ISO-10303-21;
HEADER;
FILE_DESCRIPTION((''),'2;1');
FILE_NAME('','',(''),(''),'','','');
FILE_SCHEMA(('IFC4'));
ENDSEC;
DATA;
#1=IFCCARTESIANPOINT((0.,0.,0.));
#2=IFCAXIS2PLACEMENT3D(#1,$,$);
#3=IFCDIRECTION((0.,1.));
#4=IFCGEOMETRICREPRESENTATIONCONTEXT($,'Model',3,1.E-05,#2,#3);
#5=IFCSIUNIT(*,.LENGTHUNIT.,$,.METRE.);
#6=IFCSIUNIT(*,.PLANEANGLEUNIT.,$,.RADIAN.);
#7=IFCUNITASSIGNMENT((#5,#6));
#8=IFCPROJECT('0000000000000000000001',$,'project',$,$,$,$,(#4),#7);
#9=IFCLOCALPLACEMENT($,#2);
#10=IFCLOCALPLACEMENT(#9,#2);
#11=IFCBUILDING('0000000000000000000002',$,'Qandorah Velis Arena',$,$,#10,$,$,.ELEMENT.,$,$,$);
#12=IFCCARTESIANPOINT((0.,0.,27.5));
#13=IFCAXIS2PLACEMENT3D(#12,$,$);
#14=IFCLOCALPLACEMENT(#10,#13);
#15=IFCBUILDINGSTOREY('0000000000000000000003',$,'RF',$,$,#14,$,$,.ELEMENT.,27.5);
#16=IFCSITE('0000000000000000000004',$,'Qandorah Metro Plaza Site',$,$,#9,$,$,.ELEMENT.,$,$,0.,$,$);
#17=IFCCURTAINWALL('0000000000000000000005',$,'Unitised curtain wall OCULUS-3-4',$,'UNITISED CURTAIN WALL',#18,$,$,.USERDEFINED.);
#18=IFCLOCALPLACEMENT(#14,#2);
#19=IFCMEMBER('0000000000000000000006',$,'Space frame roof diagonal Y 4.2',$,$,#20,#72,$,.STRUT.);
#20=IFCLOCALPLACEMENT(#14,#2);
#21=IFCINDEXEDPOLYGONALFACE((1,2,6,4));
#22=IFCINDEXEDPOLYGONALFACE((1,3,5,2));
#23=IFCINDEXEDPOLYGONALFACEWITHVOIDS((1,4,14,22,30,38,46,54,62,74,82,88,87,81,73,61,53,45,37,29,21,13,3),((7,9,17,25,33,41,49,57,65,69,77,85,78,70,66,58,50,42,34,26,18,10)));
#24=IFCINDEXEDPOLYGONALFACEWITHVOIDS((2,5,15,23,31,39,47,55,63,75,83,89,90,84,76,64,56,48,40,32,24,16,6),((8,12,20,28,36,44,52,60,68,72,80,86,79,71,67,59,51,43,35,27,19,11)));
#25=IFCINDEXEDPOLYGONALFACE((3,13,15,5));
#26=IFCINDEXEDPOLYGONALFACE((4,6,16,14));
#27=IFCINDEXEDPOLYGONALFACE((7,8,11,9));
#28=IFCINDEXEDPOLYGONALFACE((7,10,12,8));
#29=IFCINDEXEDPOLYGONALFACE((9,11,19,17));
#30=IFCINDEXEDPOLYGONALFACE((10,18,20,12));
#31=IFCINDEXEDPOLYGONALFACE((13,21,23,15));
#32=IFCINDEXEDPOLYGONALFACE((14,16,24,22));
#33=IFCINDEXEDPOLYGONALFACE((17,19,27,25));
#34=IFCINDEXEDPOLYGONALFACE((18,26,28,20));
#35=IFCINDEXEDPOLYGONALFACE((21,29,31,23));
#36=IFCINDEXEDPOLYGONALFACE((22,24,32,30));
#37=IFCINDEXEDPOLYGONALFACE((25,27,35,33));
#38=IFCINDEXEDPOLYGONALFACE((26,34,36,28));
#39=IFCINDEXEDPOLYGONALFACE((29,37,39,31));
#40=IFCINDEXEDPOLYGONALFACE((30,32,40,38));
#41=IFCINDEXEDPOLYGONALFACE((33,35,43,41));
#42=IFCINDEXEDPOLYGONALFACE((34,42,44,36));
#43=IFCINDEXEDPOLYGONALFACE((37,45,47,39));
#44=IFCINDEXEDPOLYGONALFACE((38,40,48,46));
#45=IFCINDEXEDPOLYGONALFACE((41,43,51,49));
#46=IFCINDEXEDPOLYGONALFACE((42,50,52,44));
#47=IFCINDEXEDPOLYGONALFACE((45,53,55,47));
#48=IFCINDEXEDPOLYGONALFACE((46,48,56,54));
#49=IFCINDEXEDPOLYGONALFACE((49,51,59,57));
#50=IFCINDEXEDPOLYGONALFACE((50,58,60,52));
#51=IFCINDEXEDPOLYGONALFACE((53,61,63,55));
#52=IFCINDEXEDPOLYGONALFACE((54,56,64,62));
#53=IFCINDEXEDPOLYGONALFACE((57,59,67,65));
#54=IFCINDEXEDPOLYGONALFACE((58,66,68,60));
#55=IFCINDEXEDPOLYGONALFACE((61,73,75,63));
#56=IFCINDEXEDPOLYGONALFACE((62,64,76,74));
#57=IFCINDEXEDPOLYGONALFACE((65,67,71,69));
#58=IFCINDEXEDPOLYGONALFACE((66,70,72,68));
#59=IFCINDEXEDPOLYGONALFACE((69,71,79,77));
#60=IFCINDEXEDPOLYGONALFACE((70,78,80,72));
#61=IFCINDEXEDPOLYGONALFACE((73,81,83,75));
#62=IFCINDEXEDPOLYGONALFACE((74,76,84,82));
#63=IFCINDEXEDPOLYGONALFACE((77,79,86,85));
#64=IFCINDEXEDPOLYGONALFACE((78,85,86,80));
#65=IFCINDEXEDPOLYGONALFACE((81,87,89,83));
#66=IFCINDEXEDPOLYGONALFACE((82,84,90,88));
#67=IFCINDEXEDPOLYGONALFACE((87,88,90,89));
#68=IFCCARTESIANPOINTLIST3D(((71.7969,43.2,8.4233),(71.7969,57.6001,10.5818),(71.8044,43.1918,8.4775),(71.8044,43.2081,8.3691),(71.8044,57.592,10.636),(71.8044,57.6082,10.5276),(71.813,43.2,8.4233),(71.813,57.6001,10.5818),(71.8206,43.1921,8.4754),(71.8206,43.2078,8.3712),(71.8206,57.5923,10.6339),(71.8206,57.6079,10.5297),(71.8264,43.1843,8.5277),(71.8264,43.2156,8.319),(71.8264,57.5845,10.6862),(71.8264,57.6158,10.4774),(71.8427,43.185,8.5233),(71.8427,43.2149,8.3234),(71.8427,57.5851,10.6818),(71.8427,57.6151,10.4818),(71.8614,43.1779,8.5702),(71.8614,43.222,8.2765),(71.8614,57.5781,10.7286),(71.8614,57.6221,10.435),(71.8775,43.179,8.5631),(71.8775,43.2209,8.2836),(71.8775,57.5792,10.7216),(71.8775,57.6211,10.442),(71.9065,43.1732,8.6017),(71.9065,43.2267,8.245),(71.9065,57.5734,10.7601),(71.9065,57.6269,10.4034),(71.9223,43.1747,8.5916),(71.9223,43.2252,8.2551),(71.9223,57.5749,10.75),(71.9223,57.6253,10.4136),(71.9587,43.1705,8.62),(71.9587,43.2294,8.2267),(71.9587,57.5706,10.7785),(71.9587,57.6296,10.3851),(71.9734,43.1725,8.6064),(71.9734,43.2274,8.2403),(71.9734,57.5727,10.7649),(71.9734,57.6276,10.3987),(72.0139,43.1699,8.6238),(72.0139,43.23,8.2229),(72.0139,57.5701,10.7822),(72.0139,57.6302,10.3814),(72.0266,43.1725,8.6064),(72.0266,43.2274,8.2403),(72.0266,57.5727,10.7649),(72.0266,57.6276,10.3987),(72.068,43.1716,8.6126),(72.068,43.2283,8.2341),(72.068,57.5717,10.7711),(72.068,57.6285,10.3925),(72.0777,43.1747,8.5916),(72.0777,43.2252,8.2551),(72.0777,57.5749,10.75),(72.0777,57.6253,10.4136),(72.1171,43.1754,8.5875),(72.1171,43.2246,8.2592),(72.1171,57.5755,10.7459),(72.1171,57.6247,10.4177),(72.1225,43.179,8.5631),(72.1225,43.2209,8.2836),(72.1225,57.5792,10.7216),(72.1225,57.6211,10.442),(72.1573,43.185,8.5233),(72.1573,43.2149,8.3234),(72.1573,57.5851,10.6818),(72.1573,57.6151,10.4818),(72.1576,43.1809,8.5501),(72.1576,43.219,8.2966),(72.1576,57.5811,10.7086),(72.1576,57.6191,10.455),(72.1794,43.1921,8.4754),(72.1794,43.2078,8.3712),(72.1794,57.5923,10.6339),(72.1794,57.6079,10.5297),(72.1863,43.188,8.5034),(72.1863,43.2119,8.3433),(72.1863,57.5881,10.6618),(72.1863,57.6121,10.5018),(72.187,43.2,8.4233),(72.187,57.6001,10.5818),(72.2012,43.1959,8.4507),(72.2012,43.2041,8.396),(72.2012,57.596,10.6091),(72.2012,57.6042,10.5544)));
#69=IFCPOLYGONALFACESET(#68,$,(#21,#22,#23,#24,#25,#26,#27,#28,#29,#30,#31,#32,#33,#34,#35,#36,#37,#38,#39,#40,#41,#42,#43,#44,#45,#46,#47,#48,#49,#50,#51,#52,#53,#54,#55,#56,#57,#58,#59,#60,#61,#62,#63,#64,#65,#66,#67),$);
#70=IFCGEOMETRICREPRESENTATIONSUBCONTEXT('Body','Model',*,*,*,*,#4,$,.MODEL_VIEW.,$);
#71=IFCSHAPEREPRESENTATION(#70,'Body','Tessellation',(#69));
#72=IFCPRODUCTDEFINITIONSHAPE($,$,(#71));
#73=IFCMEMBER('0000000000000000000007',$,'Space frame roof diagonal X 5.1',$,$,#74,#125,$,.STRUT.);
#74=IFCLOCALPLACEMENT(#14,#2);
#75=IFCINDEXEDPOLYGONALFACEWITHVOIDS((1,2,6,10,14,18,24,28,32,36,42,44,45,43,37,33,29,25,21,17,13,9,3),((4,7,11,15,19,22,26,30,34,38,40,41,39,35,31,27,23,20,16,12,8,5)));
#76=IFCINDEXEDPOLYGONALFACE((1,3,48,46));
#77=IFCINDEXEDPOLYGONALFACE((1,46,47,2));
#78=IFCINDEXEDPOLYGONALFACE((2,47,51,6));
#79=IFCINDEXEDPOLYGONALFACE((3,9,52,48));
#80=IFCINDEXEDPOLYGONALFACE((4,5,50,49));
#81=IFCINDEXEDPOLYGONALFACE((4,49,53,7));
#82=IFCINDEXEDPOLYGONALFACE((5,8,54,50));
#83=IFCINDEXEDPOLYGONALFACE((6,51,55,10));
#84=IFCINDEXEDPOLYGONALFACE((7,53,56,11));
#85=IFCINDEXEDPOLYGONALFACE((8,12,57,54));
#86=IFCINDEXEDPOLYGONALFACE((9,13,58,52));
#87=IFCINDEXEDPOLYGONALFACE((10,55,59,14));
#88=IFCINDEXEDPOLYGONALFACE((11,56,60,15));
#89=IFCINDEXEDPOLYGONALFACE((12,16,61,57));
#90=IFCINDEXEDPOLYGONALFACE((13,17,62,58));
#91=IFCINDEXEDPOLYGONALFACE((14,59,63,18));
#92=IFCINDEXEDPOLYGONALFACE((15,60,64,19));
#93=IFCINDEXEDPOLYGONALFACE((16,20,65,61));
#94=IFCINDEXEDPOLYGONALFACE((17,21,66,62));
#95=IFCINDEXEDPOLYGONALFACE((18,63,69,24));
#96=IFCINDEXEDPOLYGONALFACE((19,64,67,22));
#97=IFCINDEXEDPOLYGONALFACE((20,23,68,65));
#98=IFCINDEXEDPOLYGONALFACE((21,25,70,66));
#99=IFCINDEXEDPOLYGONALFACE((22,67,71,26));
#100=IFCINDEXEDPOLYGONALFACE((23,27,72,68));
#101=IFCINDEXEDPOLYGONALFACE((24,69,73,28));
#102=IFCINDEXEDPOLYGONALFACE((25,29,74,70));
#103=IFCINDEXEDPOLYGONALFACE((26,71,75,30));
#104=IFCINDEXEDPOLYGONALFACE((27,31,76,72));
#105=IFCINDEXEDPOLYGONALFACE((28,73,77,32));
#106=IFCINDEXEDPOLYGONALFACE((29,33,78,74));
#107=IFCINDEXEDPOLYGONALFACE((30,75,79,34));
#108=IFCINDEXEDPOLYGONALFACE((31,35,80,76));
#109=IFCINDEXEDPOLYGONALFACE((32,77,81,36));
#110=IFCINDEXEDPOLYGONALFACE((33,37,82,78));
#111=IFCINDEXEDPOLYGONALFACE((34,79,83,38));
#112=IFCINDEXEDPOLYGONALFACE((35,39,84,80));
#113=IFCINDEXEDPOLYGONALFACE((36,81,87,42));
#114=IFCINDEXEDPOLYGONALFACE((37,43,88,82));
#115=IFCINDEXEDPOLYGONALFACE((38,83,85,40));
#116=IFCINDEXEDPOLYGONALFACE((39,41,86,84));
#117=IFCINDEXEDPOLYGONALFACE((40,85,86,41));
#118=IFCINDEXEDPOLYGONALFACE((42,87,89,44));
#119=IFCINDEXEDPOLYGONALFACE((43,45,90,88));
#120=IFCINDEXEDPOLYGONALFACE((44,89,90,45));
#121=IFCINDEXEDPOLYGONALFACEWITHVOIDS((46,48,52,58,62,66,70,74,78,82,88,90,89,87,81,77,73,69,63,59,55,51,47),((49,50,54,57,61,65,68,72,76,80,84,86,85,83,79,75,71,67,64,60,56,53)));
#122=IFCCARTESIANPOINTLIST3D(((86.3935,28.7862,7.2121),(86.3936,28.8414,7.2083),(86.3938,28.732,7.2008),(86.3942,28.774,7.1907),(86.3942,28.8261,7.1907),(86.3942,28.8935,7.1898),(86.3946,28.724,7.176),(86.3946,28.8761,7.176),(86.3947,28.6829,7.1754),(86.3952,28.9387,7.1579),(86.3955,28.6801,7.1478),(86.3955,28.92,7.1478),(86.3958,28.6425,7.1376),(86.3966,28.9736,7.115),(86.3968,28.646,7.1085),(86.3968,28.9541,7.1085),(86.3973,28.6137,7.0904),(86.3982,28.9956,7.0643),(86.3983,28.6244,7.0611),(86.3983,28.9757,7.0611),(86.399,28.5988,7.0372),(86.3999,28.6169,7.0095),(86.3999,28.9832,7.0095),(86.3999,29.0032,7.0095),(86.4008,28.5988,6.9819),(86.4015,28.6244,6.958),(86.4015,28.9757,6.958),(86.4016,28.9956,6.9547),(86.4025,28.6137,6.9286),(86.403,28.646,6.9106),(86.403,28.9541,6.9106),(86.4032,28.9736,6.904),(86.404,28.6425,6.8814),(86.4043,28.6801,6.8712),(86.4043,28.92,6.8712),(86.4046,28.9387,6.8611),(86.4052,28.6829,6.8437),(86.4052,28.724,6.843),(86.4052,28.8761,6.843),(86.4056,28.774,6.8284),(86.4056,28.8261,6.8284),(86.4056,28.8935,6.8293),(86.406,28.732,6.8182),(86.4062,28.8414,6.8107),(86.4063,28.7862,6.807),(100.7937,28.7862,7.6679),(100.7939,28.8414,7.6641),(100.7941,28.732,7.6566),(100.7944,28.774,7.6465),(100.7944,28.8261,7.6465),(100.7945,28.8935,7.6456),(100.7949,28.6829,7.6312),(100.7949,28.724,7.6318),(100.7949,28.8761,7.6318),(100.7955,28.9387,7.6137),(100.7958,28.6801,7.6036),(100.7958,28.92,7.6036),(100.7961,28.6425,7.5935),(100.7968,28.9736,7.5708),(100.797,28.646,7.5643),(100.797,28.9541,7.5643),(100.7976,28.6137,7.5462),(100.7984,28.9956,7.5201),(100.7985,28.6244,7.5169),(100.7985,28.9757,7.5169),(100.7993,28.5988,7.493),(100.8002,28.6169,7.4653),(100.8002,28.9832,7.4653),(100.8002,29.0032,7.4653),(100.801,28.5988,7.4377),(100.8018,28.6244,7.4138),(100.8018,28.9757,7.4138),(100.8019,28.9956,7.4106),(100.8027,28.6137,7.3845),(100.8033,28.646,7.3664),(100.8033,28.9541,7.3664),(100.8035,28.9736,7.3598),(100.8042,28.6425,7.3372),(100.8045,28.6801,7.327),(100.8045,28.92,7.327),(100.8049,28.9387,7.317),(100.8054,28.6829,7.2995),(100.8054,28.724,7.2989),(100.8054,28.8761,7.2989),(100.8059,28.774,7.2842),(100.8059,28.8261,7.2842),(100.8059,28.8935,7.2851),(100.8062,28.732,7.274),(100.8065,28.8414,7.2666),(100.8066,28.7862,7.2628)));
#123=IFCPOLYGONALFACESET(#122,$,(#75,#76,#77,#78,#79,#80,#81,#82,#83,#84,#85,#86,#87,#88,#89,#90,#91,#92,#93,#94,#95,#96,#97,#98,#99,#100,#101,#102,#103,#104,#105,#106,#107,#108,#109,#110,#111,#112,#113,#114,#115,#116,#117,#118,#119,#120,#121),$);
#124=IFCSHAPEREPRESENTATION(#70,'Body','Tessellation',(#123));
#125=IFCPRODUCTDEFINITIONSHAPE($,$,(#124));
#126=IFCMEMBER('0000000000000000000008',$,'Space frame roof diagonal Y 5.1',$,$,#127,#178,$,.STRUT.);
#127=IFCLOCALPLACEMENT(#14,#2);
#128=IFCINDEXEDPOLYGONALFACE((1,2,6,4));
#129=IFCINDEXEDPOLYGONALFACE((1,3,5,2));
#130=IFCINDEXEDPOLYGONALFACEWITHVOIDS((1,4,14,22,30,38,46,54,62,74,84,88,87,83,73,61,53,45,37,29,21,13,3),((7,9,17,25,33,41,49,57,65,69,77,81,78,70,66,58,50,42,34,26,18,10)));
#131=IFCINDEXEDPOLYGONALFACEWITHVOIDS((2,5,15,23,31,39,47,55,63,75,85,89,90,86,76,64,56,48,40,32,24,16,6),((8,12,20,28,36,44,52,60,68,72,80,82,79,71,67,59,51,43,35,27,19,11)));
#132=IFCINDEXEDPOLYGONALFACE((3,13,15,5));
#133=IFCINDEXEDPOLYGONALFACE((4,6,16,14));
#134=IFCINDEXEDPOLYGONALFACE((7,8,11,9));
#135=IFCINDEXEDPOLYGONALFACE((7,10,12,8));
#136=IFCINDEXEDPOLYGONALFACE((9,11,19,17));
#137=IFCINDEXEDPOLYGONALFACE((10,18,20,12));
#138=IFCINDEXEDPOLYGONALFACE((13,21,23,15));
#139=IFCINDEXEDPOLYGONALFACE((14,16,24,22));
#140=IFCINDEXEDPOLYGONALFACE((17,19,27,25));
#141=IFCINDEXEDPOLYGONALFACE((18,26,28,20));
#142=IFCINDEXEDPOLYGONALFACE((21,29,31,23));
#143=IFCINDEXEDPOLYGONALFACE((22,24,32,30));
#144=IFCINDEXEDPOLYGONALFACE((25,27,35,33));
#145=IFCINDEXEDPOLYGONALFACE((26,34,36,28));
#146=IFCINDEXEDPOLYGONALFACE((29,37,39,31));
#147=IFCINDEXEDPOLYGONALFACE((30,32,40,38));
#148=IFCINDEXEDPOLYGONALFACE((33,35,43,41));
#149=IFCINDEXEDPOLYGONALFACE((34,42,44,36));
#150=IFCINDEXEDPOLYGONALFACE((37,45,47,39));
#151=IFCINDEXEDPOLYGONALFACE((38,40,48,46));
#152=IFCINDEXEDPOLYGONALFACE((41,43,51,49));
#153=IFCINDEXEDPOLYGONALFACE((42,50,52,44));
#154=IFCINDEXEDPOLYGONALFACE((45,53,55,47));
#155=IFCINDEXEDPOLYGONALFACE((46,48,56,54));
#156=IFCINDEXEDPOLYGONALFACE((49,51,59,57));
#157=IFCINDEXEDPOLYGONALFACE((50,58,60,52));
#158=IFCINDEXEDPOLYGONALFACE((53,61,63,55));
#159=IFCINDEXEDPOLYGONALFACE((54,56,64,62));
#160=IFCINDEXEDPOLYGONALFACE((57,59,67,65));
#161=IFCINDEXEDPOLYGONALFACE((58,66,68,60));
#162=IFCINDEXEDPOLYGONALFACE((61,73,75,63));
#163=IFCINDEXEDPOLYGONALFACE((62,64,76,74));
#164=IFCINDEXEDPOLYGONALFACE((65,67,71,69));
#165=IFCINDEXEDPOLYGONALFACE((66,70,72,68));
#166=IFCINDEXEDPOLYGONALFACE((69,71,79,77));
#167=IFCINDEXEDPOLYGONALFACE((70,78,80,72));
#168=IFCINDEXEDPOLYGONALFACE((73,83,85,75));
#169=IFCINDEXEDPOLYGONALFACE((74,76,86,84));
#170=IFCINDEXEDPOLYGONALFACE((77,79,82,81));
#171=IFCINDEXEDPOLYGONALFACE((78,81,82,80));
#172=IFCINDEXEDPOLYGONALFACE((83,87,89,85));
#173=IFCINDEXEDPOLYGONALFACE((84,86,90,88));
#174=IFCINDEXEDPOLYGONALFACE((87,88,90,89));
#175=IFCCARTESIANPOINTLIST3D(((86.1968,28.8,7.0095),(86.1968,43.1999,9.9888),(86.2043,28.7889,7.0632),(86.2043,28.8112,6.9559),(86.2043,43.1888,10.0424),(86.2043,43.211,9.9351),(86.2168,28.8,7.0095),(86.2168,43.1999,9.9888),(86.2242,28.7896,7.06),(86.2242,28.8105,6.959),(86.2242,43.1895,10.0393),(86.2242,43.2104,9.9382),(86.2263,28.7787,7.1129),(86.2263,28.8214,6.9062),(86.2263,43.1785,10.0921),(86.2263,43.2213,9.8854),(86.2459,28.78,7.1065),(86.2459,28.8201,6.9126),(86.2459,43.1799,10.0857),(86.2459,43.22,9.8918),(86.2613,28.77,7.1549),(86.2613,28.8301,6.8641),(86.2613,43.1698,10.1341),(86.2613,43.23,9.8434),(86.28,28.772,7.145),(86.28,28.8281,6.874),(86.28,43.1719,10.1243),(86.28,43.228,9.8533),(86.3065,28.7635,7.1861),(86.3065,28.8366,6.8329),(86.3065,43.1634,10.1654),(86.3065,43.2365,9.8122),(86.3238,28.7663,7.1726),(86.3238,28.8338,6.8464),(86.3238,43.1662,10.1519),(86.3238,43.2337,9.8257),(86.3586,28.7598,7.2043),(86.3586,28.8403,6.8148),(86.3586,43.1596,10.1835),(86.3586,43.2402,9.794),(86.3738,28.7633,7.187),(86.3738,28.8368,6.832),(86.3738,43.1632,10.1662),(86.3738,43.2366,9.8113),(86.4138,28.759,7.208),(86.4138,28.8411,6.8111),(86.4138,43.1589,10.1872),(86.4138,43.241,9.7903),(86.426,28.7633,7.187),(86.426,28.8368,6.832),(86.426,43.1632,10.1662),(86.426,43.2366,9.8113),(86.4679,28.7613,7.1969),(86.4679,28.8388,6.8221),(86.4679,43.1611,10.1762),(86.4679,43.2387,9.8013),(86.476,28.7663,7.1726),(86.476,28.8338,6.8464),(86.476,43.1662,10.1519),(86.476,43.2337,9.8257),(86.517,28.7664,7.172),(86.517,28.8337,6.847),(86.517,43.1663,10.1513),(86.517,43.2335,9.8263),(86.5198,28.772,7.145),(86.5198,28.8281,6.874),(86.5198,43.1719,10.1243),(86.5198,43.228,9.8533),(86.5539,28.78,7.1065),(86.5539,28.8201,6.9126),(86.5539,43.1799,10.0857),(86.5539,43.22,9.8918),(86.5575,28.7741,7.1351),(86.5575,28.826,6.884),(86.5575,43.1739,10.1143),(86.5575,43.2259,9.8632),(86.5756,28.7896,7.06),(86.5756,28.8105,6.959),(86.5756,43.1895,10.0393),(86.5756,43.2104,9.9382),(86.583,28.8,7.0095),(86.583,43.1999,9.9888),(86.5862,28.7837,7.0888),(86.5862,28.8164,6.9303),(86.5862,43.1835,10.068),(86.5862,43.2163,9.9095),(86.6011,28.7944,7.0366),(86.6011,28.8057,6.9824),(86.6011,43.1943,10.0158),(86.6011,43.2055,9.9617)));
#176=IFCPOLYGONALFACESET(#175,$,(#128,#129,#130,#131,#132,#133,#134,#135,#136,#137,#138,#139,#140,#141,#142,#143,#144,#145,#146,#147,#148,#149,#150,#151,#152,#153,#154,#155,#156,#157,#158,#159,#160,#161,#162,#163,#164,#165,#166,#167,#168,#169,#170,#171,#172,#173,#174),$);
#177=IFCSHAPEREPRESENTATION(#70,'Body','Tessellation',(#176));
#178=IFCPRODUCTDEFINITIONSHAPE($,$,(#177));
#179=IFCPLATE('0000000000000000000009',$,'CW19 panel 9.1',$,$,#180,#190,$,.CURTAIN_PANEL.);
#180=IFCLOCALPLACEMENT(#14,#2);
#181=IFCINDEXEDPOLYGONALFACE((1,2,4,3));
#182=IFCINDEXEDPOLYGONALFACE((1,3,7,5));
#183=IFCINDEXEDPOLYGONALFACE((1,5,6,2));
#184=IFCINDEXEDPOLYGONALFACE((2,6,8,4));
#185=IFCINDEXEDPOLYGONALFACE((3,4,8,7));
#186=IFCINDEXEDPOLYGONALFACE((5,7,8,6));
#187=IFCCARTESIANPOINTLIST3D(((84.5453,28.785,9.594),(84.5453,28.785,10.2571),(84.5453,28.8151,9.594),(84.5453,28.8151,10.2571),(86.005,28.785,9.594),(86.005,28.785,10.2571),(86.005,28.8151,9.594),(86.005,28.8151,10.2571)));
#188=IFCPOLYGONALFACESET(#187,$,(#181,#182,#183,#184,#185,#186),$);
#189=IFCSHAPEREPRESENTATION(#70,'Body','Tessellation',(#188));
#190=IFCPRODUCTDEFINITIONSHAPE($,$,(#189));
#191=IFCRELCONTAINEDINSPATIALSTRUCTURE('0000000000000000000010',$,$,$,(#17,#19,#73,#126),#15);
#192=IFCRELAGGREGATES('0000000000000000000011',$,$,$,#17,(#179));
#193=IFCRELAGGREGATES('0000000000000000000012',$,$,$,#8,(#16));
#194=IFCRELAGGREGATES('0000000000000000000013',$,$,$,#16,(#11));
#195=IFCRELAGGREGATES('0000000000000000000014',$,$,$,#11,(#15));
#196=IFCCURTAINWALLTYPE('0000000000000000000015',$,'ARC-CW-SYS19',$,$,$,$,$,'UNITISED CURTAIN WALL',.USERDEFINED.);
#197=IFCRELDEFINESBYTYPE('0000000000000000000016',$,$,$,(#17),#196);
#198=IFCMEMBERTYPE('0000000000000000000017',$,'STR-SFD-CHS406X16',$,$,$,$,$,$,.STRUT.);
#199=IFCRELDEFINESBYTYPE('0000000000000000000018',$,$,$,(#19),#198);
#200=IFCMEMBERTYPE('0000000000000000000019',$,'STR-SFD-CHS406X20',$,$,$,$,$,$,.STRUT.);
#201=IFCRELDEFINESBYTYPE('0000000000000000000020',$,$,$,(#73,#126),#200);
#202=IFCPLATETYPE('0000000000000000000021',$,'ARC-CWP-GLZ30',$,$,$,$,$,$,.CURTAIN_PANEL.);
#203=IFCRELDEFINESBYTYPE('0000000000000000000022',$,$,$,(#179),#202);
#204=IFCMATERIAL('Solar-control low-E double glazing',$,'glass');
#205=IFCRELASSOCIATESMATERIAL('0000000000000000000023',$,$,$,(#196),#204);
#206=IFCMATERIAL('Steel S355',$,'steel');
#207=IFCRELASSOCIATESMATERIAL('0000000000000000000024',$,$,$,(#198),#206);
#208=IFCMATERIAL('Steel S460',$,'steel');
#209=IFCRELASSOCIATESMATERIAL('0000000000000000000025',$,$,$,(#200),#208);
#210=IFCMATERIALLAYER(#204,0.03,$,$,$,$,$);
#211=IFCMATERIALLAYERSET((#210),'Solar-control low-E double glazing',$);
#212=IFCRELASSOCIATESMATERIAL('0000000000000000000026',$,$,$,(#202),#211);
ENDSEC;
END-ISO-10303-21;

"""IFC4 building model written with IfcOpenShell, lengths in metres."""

from ifc_helpers import new_model, si_unit, direction, frame, origin, origin_2d, place, context, subcontext, project, spatial, rectangle, hollow_circle, extrude, material, layer, layer_set, material_profile, profile_set, type_object, element, aggregate, save


model = new_model("IFC4")

# Units and contexts
model_context = context("Model", 3, precision=1e-05, world=origin(), true_north=direction((0.0, 1.0)))
body_context = subcontext(model_context, "Body", "Model", "MODEL_VIEW")
ifc_project = project(units=[si_unit("LENGTHUNIT", "METRE"), si_unit("PLANEANGLEUNIT", "RADIAN")], contexts=[model_context])

# Site, building, storey
site_placement = place(None, origin())
site = spatial("IfcSite", under=ifc_project, at=site_placement, Name="Qandorah Metro Plaza Site", CompositionType="ELEMENT", RefElevation=0.0)
building_placement = place(site_placement, origin())
building = spatial("IfcBuilding", under=site, at=building_placement, Name="Qandorah Velis Arena", CompositionType="ELEMENT")
storey_placement = place(building_placement, frame((0.0, 0.0, 27.5)))
storey = spatial("IfcBuildingStorey", under=building, at=storey_placement, Name="RF", CompositionType="ELEMENT", Elevation=27.5)

# Curtain wall
ifc_material_1 = material(Name="Solar-control low-E double glazing", Category="glass")
curtain_wall_type = type_object("IfcCurtainWallType", Name="ARC-CW-SYS19", ElementType="UNITISED CURTAIN WALL", PredefinedType="USERDEFINED", material=ifc_material_1)
curtain_wall_placement = place(storey_placement, origin())
curtain_wall = element("IfcCurtainWall", 1, at=curtain_wall_placement, inside=storey, type_object=curtain_wall_type, Name="Unitised curtain wall OCULUS-3-4", ObjectType="UNITISED CURTAIN WALL", PredefinedType="USERDEFINED")

# Shared definitions
ifc_material_2 = material(Name="Steel S355", Category="steel")

# Members
ifc_material_profile_1 = material_profile(ifc_material_2, hollow_circle(Radius=0.2031, WallThickness=0.0161, at=origin_2d()), Name="CHS 406.4x16")
ifc_profile_set_1 = profile_set([ifc_material_profile_1], Name="Steel S355")
member_type_1 = type_object("IfcMemberType", Name="STR-SFD-CHS406X16", PredefinedType="STRUT", material=ifc_profile_set_1)
member_1_placement = place(storey_placement, frame((72.0, 43.2, 8.4233), z_axis=(0.0, 0.988952, 0.148235), x_axis=(-1.0, 0.0, 0.0)))
element("IfcMember", 2, at=member_1_placement, inside=storey, type_object=member_type_1, Name="Space frame roof diagonal Y 4.2", PredefinedType="STRUT", context=body_context, shape_type="SweptSolid", body=[
    extrude(hollow_circle(Radius=0.2031, WallThickness=0.0161, at=origin_2d()), origin(), (0.0, 0.0, 1.0), 14.561),
])
ifc_material_3 = material(Name="Steel S460", Category="steel")
ifc_material_profile_2 = material_profile(ifc_material_3, hollow_circle(Radius=0.2031, WallThickness=0.02, at=origin_2d()), Name="CHS 406.4x20")
ifc_profile_set_2 = profile_set([ifc_material_profile_2], Name="Steel S460")
member_type_2 = type_object("IfcMemberType", Name="STR-SFD-CHS406X20", PredefinedType="STRUT", material=ifc_profile_set_2)
member_2_placement = place(storey_placement, frame((86.3999, 28.8, 7.0095), z_axis=(0.999499, 0.0, 0.031637), x_axis=(0.0, 1.0, 0.0)))
element("IfcMember", 3, at=member_2_placement, inside=storey, type_object=member_type_2, Name="Space frame roof diagonal X 5.1", PredefinedType="STRUT", context=body_context, shape_type="SweptSolid", body=[
    extrude(hollow_circle(Radius=0.2031, WallThickness=0.02, at=origin_2d()), origin(), (0.0, 0.0, 1.0), 14.4075),
])
member_3_placement = place(storey_placement, frame((86.3999, 28.8, 7.0095), z_axis=(0.0, 0.979261, 0.202603), x_axis=(-1.0, 0.0, 0.0)))
element("IfcMember", 4, at=member_3_placement, inside=storey, type_object=member_type_2, Name="Space frame roof diagonal Y 5.1", PredefinedType="STRUT", context=body_context, shape_type="SweptSolid", body=[
    extrude(hollow_circle(Radius=0.2031, WallThickness=0.02, at=origin_2d()), origin(), (0.0, 0.0, 1.0), 14.7048),
])

# Plate
ifc_layer_1 = layer(ifc_material_1, 0.03)
ifc_layer_set_1 = layer_set([ifc_layer_1], Name="Solar-control low-E double glazing")
plate_type_1 = type_object("IfcPlateType", Name="ARC-CWP-GLZ30", PredefinedType="CURTAIN_PANEL", material=ifc_layer_set_1)
plate_1_placement = place(storey_placement, frame((85.2751, 28.8, 9.594), z_axis=(0.0, 0.0, 1.0), x_axis=(1.0, 0.0, 0.0)))
plate_1 = element("IfcPlate", 5, at=plate_1_placement, type_object=plate_type_1, Name="CW19 panel 9.1", PredefinedType="CURTAIN_PANEL", context=body_context, shape_type="SweptSolid", body=[
    extrude(rectangle(XDim=1.4597, YDim=0.03, at=origin_2d()), origin(), (0.0, 0.0, 1.0), 0.6631),
])
aggregate(curtain_wall, [plate_1])

save(model, "model.ifc")
